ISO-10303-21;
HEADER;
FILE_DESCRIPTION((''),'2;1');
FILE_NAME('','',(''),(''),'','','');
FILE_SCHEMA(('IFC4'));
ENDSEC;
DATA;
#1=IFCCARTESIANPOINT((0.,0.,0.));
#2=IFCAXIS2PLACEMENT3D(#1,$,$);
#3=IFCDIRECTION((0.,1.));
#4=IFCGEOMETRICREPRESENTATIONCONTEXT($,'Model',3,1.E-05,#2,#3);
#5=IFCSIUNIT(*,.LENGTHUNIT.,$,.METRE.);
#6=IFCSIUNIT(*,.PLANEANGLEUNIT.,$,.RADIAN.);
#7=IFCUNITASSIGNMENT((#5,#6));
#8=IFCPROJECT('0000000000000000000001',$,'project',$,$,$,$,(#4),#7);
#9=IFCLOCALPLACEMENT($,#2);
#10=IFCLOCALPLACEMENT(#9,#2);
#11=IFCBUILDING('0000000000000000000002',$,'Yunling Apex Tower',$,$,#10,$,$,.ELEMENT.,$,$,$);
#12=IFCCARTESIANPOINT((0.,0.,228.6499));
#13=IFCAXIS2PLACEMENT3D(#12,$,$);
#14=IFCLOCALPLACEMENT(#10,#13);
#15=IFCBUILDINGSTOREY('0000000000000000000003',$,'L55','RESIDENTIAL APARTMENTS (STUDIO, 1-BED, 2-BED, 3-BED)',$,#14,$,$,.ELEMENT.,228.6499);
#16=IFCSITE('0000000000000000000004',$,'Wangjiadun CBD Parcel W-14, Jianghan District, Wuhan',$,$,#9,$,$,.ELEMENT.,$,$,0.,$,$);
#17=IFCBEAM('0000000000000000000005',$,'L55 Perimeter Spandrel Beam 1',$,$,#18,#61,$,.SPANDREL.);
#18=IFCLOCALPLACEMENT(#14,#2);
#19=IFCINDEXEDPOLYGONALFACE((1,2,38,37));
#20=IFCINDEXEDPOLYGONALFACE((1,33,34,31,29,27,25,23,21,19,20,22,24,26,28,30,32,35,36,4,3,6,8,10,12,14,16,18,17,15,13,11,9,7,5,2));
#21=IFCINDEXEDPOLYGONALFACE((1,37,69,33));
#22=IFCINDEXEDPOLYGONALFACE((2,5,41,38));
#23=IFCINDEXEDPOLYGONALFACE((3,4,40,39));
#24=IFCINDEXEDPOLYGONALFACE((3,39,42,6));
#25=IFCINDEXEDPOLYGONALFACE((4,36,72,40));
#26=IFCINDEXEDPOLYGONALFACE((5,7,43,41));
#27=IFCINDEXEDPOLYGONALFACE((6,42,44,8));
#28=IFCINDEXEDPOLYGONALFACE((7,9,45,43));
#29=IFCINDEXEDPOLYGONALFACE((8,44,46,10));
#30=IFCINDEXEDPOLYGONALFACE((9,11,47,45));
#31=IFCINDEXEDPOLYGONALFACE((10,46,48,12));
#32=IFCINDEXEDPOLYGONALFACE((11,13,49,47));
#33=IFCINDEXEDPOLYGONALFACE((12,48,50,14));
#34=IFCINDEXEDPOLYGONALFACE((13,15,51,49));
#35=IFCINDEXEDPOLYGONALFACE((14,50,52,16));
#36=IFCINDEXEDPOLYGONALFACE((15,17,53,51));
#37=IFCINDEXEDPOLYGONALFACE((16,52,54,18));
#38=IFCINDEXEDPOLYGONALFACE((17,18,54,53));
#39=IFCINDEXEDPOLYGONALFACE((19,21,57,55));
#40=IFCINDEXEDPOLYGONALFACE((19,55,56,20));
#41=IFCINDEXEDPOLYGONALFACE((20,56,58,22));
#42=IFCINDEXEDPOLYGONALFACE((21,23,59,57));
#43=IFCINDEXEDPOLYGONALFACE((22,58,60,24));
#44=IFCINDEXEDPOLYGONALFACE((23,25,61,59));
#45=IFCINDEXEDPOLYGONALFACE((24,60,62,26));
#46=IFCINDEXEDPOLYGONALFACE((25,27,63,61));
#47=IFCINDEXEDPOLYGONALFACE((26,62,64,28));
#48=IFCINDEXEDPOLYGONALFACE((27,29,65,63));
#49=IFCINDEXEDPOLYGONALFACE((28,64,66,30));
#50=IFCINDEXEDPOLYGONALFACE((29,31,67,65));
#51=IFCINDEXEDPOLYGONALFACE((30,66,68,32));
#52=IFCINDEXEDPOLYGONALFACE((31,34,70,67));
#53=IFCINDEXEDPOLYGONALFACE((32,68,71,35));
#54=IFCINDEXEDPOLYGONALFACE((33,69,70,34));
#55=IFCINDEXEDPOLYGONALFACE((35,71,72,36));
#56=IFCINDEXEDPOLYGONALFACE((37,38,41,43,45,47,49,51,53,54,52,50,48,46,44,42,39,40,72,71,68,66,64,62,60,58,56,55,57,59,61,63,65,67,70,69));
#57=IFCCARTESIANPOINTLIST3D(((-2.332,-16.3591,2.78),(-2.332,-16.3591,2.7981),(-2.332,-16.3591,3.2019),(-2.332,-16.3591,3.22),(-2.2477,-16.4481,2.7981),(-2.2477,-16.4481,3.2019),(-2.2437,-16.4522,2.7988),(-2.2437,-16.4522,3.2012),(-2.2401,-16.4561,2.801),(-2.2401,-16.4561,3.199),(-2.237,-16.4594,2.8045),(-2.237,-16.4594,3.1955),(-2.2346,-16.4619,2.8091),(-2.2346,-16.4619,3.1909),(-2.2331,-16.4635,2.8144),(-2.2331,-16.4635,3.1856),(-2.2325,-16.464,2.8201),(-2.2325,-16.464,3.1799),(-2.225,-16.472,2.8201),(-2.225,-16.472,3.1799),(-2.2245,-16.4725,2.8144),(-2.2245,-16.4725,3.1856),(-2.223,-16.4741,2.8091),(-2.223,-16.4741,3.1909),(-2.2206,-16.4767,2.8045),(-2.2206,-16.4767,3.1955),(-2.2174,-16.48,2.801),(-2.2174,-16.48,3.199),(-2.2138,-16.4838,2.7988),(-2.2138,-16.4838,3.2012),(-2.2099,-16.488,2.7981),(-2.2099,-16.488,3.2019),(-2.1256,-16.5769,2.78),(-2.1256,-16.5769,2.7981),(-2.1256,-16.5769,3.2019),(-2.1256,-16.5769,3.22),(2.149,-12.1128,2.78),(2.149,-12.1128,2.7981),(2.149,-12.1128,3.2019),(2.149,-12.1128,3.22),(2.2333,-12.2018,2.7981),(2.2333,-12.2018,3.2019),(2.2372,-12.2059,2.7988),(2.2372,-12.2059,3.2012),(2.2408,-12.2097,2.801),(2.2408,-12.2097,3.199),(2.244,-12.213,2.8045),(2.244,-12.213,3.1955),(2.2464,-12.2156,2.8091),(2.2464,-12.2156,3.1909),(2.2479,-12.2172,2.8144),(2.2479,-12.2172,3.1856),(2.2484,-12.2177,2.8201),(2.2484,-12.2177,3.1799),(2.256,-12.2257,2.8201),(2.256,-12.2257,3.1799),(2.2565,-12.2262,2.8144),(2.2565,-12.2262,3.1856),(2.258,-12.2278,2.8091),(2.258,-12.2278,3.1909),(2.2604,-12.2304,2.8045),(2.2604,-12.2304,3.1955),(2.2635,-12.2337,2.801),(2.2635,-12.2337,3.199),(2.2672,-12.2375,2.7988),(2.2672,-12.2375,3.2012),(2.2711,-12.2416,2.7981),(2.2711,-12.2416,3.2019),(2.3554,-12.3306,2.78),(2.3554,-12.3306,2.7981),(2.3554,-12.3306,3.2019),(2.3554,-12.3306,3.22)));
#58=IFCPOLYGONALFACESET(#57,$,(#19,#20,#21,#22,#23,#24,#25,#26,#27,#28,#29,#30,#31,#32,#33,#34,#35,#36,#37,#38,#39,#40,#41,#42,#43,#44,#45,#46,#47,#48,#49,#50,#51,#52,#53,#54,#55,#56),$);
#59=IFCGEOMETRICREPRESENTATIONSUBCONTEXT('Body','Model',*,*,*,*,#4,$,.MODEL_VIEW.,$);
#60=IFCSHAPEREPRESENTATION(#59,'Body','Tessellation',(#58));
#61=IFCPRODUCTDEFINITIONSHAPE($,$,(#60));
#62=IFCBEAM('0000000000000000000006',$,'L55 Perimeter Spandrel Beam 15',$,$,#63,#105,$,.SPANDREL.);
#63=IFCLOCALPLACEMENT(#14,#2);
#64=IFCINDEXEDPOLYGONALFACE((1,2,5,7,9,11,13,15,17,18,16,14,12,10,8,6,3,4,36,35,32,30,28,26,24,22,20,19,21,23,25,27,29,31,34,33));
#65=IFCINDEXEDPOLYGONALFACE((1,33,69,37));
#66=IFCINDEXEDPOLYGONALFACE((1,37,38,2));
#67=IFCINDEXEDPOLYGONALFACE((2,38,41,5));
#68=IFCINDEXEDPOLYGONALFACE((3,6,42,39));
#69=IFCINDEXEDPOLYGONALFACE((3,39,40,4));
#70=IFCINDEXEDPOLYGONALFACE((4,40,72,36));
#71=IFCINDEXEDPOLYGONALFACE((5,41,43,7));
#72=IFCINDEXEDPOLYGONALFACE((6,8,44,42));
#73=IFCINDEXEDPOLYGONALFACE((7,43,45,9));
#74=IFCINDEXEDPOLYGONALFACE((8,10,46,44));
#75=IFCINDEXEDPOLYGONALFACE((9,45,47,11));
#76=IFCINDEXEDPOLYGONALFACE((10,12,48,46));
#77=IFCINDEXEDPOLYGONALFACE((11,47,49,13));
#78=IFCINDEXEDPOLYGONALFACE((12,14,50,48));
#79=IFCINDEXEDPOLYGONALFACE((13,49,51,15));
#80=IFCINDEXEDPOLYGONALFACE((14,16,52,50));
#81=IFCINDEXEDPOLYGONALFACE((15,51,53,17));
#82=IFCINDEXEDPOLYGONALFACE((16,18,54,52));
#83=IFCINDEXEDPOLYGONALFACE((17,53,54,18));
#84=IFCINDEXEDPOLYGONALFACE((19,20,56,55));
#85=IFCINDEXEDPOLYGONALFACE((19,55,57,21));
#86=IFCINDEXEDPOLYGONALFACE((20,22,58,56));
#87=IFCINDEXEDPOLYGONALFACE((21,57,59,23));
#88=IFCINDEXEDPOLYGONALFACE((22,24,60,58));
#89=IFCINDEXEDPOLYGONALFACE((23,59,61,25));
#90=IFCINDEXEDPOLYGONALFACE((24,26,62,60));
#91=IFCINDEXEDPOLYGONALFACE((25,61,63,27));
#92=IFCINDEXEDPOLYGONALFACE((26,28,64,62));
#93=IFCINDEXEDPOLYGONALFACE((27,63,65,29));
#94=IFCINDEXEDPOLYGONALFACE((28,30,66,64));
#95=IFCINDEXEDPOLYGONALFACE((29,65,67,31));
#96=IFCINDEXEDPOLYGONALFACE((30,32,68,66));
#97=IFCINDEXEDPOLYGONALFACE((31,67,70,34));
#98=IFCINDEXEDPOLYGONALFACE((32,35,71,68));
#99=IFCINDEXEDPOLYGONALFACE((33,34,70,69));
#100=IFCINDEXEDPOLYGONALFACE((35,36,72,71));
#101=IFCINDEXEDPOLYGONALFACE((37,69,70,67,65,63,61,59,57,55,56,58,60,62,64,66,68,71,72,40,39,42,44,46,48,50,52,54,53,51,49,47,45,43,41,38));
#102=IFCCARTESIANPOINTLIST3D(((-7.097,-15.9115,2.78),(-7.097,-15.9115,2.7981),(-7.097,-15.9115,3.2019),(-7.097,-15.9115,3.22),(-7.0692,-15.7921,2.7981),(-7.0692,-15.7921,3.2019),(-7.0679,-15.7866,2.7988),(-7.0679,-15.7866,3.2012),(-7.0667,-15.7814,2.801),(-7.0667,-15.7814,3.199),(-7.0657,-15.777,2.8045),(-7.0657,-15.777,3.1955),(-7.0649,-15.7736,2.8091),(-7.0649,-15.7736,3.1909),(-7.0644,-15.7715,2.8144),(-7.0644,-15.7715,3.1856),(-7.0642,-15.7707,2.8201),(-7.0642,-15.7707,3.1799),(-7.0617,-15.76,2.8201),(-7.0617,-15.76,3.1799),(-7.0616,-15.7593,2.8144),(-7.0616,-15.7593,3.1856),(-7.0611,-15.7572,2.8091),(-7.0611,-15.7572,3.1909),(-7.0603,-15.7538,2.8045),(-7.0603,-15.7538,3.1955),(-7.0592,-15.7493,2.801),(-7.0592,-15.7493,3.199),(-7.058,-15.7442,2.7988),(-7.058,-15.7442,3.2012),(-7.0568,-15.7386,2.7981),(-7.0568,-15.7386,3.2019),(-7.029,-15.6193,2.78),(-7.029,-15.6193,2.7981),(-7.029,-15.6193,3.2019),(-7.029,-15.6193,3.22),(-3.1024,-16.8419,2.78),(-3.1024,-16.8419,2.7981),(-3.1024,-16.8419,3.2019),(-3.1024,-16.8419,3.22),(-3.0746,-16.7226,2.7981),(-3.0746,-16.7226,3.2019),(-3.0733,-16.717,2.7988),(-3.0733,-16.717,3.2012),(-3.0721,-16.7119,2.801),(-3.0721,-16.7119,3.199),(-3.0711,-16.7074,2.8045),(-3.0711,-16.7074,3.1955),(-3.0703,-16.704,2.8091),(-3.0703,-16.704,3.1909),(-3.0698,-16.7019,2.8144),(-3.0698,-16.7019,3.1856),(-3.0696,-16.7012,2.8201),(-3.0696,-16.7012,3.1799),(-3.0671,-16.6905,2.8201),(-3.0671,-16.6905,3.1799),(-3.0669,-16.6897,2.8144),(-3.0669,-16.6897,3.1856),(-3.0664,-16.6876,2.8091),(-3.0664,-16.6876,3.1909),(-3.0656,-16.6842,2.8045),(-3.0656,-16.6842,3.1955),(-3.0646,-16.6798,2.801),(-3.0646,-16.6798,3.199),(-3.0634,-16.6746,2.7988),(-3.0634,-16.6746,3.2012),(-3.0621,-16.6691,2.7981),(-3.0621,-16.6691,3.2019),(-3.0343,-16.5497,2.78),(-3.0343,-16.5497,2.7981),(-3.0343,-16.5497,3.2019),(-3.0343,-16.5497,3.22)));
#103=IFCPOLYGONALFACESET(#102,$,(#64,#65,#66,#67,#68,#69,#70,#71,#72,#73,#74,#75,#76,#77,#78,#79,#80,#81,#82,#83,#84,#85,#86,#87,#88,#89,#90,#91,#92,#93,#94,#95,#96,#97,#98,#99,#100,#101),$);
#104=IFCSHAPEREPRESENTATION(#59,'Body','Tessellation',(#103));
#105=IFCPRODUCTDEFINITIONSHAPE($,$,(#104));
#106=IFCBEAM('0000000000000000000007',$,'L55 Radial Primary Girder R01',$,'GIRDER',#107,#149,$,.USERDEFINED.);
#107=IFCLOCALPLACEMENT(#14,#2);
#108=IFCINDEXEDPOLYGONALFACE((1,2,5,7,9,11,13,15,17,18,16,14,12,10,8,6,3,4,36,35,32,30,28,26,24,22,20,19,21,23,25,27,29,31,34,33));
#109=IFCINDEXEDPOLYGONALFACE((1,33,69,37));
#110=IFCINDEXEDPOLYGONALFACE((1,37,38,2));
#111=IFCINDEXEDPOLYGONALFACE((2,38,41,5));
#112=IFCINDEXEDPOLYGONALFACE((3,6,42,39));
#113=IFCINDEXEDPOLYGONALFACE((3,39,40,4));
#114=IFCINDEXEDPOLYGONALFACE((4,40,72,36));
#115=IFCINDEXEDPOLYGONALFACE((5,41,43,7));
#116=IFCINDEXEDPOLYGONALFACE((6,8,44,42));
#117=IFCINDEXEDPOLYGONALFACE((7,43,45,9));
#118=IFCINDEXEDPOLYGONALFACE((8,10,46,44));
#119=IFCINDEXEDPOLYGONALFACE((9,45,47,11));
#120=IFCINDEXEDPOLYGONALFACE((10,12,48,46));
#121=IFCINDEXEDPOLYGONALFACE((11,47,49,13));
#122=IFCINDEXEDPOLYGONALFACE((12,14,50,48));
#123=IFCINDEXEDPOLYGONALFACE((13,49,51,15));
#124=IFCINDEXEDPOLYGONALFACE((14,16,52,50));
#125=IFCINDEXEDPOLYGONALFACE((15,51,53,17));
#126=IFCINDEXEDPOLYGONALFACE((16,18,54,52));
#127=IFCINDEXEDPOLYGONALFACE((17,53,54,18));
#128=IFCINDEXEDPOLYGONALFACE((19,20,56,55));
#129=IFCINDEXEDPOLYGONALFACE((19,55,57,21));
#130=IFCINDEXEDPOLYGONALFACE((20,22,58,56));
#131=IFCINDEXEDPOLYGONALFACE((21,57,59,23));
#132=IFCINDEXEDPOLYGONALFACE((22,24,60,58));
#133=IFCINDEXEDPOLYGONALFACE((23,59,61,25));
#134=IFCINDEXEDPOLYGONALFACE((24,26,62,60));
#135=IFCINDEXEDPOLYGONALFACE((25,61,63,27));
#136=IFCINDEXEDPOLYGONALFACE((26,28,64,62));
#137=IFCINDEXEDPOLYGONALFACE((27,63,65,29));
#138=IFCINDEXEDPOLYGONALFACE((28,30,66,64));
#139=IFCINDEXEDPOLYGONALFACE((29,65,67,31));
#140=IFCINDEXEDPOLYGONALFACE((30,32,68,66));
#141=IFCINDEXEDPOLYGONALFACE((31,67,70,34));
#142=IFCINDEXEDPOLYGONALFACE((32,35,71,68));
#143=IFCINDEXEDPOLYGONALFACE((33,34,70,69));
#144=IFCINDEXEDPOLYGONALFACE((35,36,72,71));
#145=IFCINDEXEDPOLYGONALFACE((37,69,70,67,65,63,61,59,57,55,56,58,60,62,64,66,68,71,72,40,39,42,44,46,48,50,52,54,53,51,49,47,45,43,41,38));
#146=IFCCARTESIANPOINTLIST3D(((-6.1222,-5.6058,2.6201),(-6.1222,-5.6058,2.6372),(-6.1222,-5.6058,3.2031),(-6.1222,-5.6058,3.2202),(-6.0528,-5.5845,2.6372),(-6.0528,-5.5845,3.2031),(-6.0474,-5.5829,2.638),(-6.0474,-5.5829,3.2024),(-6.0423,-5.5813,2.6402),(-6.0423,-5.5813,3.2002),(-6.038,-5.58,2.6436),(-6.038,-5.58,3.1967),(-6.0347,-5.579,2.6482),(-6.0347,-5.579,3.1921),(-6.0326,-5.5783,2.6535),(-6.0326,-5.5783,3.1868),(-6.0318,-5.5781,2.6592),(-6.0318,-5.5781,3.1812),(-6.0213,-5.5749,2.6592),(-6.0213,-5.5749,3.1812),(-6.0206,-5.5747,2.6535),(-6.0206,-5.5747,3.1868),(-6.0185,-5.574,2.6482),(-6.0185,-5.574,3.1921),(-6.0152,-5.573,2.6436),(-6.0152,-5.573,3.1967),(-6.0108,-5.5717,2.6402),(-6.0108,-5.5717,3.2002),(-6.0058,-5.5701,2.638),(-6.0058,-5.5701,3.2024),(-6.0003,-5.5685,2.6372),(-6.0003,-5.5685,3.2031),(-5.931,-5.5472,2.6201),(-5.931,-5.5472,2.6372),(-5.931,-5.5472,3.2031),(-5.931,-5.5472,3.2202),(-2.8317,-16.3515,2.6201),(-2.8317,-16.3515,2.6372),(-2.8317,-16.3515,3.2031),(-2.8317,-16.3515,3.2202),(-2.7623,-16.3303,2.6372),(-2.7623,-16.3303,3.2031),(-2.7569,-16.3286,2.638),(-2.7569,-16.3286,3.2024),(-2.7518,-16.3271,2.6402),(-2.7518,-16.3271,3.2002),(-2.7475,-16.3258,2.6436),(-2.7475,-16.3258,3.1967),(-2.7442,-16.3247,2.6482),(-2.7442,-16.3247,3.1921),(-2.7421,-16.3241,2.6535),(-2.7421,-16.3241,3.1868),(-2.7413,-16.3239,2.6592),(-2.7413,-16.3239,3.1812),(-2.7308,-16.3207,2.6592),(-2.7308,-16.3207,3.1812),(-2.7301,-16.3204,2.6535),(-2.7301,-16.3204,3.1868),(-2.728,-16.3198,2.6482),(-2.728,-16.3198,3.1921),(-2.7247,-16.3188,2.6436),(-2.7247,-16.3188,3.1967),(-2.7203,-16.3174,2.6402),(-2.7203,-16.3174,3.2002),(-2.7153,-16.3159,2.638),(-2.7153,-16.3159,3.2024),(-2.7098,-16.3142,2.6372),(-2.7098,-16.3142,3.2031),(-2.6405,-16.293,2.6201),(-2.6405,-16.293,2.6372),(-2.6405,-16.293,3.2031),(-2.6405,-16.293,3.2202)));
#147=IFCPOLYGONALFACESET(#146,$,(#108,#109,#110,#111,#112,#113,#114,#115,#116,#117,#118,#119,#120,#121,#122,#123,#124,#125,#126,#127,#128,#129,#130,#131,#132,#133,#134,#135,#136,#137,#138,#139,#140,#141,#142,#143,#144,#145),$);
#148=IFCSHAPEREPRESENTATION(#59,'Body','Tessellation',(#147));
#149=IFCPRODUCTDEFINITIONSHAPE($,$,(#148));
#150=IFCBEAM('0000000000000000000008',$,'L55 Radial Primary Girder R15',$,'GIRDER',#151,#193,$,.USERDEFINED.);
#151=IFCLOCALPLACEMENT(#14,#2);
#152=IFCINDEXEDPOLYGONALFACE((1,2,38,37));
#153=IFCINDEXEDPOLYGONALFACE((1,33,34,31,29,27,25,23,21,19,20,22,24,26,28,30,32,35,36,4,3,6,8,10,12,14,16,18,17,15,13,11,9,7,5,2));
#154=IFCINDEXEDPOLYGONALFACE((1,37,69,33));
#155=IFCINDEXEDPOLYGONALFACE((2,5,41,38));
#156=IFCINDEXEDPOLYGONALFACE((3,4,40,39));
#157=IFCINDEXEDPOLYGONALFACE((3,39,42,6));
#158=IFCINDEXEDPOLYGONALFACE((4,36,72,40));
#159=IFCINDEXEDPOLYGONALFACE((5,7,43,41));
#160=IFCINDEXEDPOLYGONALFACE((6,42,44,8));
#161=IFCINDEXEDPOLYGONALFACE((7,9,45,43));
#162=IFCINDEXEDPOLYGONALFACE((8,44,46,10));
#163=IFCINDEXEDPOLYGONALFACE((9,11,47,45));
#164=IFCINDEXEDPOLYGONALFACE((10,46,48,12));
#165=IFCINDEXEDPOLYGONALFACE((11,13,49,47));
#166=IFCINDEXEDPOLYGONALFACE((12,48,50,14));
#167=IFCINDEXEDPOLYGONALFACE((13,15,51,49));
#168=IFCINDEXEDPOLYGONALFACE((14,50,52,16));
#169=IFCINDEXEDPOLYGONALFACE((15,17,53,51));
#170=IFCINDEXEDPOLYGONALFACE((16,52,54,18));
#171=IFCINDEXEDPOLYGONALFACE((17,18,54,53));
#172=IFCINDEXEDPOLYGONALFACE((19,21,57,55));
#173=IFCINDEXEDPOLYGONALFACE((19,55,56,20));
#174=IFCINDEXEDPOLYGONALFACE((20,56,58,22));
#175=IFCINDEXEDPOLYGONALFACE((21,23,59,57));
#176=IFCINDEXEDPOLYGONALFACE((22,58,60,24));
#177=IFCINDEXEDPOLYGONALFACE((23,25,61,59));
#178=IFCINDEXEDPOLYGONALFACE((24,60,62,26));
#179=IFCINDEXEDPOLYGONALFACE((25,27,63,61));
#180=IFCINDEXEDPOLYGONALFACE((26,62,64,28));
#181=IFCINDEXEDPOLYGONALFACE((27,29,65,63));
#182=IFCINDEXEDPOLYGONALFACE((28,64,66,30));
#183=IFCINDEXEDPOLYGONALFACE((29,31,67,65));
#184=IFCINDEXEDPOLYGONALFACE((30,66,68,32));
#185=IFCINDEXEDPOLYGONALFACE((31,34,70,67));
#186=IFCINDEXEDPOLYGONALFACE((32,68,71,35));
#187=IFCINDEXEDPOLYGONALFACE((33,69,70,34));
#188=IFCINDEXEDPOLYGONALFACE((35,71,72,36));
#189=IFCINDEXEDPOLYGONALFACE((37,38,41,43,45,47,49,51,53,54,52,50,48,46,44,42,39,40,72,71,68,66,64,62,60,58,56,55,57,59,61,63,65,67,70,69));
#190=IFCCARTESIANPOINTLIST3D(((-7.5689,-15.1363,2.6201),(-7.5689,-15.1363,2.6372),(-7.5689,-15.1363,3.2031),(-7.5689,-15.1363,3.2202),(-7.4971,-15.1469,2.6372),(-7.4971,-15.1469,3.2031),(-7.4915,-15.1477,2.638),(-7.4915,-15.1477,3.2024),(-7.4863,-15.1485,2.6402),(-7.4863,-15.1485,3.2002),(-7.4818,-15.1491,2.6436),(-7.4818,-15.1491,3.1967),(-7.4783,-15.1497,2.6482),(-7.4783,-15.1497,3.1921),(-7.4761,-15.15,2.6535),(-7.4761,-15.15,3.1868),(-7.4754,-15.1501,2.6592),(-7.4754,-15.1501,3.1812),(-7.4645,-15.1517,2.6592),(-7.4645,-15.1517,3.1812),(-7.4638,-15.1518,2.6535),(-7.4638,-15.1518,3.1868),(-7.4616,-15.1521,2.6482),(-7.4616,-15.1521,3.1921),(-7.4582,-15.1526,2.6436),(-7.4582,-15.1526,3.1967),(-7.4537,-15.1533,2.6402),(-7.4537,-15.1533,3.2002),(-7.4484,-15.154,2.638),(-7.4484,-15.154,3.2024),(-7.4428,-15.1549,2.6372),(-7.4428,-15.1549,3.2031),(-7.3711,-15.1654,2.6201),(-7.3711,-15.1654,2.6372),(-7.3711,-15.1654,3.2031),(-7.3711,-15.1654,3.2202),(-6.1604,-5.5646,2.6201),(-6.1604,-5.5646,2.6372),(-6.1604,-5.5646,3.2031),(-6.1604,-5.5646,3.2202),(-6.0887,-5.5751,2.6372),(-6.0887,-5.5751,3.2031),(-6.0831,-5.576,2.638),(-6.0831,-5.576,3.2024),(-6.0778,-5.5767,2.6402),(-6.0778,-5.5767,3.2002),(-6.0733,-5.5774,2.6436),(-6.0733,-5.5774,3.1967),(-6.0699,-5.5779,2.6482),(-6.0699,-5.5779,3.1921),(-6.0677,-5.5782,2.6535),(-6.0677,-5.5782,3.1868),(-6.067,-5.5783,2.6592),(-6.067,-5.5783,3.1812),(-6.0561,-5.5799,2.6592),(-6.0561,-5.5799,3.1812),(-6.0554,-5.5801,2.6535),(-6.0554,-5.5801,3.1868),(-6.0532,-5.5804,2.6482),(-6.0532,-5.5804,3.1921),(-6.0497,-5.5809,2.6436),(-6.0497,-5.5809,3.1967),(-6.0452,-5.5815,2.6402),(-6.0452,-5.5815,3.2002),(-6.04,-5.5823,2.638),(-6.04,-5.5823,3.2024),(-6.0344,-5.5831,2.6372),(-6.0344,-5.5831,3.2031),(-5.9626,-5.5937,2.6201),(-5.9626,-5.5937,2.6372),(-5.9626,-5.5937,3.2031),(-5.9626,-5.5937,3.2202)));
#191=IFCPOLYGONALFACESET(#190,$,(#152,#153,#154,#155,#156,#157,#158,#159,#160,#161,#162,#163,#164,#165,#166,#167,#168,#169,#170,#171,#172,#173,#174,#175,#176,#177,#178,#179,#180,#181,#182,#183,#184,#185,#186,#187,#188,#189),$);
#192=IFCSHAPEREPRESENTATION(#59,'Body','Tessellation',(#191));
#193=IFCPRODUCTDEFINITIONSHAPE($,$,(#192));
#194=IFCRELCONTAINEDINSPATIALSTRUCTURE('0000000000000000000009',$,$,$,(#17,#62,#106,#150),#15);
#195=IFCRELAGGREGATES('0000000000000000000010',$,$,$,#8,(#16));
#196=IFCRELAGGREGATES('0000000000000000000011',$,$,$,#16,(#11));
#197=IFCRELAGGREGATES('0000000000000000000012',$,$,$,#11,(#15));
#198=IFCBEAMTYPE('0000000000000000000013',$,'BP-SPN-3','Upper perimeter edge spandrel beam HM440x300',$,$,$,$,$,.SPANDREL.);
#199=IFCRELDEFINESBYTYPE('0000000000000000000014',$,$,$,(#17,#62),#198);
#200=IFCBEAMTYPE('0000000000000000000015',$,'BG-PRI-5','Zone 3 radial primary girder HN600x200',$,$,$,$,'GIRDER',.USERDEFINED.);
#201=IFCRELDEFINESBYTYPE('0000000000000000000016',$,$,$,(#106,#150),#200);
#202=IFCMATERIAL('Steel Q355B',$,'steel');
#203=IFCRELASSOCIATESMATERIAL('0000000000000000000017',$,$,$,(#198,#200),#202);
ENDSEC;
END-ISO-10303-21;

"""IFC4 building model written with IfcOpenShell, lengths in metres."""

from ifc_helpers import new_model, si_unit, direction, frame, origin, origin_2d, place, context, subcontext, project, spatial, i_section, extrude, source, transform, mapped, material, material_profile, profile_set, type_object, element, save


model = new_model("IFC4")

# Units and contexts
model_context = context("Model", 3, precision=1e-05, world=origin(), true_north=direction((0.0, 1.0)))
body_context = subcontext(model_context, "Body", "Model", "MODEL_VIEW")
ifc_project = project(units=[si_unit("LENGTHUNIT", "METRE"), si_unit("PLANEANGLEUNIT", "RADIAN")], contexts=[model_context])

# Site, building, storey
site_placement = place(None, origin())
site = spatial("IfcSite", under=ifc_project, at=site_placement, Name="Wangjiadun CBD Parcel W-14, Jianghan District, Wuhan", CompositionType="ELEMENT", RefElevation=0.0)
building_placement = place(site_placement, origin())
building = spatial("IfcBuilding", under=site, at=building_placement, Name="Yunling Apex Tower", CompositionType="ELEMENT")
storey_placement = place(building_placement, frame((0.0, 0.0, 228.6499)))
storey = spatial("IfcBuildingStorey", under=building, at=storey_placement, Name="L55", Description="RESIDENTIAL APARTMENTS (STUDIO, 1-BED, 2-BED, 3-BED)", CompositionType="ELEMENT", Elevation=228.6499)

# Beams
ifc_material_1 = material(Name="Steel Q355B", Category="steel")
ifc_material_profile_1 = material_profile(ifc_material_1, i_section(OverallWidth=0.3, OverallDepth=0.4399, WebThickness=0.011, FlangeThickness=0.0181, FilletRadius=0.022, at=origin_2d()))
ifc_profile_set_1 = profile_set([ifc_material_profile_1], Name="Steel Q355B")
beam_type_1 = type_object("IfcBeamType", Name="BP-SPN-3", Description="Upper perimeter edge spandrel beam HM440x300", PredefinedType="SPANDREL", material=ifc_profile_set_1)
shared_shape_1 = source(origin(), body_context, "Body", "SweptSolid", [
    extrude(i_section(OverallWidth=0.3, OverallDepth=0.4399, WebThickness=0.011, FlangeThickness=0.0181, FilletRadius=0.022, at=origin_2d()), origin(), (0.0, 0.0, 1.0), 6.1733),
])
beam_1_placement = place(storey_placement, frame((-2.2288, -16.468, 3.0), z_axis=(0.725854, 0.687849, 0.0), x_axis=(-0.687849, 0.725854, 0.0)))
element("IfcBeam", 1, at=beam_1_placement, inside=storey, type_object=beam_type_1, Name="L55 Perimeter Spandrel Beam 1", PredefinedType="SPANDREL", context=body_context, shape_type="MappedRepresentation", body=[
    mapped(shared_shape_1, transform((0.0, 0.0, 0.0), scale=1.0)),
])
shared_shape_2 = source(origin(), body_context, "Body", "SweptSolid", [
    extrude(i_section(OverallWidth=0.3, OverallDepth=0.4399, WebThickness=0.011, FlangeThickness=0.0181, FilletRadius=0.022, at=origin_2d()), origin(), (0.0, 0.0, 1.0), 4.1016),
])
beam_2_placement = place(storey_placement, frame((-7.063, -15.7654, 3.0), z_axis=(0.973931, -0.226846, 0.0), x_axis=(0.226846, 0.973931, 0.0)))
element("IfcBeam", 2, at=beam_2_placement, inside=storey, type_object=beam_type_1, Name="L55 Perimeter Spandrel Beam 15", PredefinedType="SPANDREL", context=body_context, shape_type="MappedRepresentation", body=[
    mapped(shared_shape_2, transform((0.0, 0.0, 0.0), scale=1.0)),
])
ifc_material_profile_2 = material_profile(ifc_material_1, i_section(OverallWidth=0.2, OverallDepth=0.6001, WebThickness=0.011, FlangeThickness=0.0171, FilletRadius=0.022, at=origin_2d()))
ifc_profile_set_2 = profile_set([ifc_material_profile_2], Name="Steel Q355B")
beam_type_2 = type_object("IfcBeamType", Name="BG-PRI-5", Description="Zone 3 radial primary girder HN600x200", ElementType="GIRDER", PredefinedType="USERDEFINED", material=ifc_profile_set_2)
shared_shape_3 = source(origin(), body_context, "Body", "SweptSolid", [
    extrude(i_section(OverallWidth=0.2, OverallDepth=0.6001, WebThickness=0.011, FlangeThickness=0.0171, FilletRadius=0.022, at=origin_2d()), origin(), (0.0, 0.0, 1.0), 11.2383),
])
beam_3_placement = place(storey_placement, frame((-2.7361, -16.3223, 2.9202), z_axis=(-0.292794, 0.956176, 0.0), x_axis=(-0.956176, -0.292794, 0.0)))
element("IfcBeam", 3, at=beam_3_placement, inside=storey, type_object=beam_type_2, Name="L55 Radial Primary Girder R01", ObjectType="GIRDER", PredefinedType="USERDEFINED", context=body_context, shape_type="MappedRepresentation", body=[
    mapped(shared_shape_3, transform((0.0, 0.0, 0.0), scale=1.0)),
])
shared_shape_4 = source(origin(), body_context, "Body", "SweptSolid", [
    extrude(i_section(OverallWidth=0.2, OverallDepth=0.6001, WebThickness=0.011, FlangeThickness=0.0171, FilletRadius=0.022, at=origin_2d()), origin(), (0.0, 0.0, 1.0), 9.6748),
])
beam_4_placement = place(storey_placement, frame((-7.47, -15.1509, 2.9202), z_axis=(0.145578, 0.989347, 0.0), x_axis=(-0.989347, 0.145578, 0.0)))
element("IfcBeam", 4, at=beam_4_placement, inside=storey, type_object=beam_type_2, Name="L55 Radial Primary Girder R15", ObjectType="GIRDER", PredefinedType="USERDEFINED", context=body_context, shape_type="MappedRepresentation", body=[
    mapped(shared_shape_4, transform((0.0, 0.0, 0.0), scale=1.0)),
])

save(model, "model.ifc")
